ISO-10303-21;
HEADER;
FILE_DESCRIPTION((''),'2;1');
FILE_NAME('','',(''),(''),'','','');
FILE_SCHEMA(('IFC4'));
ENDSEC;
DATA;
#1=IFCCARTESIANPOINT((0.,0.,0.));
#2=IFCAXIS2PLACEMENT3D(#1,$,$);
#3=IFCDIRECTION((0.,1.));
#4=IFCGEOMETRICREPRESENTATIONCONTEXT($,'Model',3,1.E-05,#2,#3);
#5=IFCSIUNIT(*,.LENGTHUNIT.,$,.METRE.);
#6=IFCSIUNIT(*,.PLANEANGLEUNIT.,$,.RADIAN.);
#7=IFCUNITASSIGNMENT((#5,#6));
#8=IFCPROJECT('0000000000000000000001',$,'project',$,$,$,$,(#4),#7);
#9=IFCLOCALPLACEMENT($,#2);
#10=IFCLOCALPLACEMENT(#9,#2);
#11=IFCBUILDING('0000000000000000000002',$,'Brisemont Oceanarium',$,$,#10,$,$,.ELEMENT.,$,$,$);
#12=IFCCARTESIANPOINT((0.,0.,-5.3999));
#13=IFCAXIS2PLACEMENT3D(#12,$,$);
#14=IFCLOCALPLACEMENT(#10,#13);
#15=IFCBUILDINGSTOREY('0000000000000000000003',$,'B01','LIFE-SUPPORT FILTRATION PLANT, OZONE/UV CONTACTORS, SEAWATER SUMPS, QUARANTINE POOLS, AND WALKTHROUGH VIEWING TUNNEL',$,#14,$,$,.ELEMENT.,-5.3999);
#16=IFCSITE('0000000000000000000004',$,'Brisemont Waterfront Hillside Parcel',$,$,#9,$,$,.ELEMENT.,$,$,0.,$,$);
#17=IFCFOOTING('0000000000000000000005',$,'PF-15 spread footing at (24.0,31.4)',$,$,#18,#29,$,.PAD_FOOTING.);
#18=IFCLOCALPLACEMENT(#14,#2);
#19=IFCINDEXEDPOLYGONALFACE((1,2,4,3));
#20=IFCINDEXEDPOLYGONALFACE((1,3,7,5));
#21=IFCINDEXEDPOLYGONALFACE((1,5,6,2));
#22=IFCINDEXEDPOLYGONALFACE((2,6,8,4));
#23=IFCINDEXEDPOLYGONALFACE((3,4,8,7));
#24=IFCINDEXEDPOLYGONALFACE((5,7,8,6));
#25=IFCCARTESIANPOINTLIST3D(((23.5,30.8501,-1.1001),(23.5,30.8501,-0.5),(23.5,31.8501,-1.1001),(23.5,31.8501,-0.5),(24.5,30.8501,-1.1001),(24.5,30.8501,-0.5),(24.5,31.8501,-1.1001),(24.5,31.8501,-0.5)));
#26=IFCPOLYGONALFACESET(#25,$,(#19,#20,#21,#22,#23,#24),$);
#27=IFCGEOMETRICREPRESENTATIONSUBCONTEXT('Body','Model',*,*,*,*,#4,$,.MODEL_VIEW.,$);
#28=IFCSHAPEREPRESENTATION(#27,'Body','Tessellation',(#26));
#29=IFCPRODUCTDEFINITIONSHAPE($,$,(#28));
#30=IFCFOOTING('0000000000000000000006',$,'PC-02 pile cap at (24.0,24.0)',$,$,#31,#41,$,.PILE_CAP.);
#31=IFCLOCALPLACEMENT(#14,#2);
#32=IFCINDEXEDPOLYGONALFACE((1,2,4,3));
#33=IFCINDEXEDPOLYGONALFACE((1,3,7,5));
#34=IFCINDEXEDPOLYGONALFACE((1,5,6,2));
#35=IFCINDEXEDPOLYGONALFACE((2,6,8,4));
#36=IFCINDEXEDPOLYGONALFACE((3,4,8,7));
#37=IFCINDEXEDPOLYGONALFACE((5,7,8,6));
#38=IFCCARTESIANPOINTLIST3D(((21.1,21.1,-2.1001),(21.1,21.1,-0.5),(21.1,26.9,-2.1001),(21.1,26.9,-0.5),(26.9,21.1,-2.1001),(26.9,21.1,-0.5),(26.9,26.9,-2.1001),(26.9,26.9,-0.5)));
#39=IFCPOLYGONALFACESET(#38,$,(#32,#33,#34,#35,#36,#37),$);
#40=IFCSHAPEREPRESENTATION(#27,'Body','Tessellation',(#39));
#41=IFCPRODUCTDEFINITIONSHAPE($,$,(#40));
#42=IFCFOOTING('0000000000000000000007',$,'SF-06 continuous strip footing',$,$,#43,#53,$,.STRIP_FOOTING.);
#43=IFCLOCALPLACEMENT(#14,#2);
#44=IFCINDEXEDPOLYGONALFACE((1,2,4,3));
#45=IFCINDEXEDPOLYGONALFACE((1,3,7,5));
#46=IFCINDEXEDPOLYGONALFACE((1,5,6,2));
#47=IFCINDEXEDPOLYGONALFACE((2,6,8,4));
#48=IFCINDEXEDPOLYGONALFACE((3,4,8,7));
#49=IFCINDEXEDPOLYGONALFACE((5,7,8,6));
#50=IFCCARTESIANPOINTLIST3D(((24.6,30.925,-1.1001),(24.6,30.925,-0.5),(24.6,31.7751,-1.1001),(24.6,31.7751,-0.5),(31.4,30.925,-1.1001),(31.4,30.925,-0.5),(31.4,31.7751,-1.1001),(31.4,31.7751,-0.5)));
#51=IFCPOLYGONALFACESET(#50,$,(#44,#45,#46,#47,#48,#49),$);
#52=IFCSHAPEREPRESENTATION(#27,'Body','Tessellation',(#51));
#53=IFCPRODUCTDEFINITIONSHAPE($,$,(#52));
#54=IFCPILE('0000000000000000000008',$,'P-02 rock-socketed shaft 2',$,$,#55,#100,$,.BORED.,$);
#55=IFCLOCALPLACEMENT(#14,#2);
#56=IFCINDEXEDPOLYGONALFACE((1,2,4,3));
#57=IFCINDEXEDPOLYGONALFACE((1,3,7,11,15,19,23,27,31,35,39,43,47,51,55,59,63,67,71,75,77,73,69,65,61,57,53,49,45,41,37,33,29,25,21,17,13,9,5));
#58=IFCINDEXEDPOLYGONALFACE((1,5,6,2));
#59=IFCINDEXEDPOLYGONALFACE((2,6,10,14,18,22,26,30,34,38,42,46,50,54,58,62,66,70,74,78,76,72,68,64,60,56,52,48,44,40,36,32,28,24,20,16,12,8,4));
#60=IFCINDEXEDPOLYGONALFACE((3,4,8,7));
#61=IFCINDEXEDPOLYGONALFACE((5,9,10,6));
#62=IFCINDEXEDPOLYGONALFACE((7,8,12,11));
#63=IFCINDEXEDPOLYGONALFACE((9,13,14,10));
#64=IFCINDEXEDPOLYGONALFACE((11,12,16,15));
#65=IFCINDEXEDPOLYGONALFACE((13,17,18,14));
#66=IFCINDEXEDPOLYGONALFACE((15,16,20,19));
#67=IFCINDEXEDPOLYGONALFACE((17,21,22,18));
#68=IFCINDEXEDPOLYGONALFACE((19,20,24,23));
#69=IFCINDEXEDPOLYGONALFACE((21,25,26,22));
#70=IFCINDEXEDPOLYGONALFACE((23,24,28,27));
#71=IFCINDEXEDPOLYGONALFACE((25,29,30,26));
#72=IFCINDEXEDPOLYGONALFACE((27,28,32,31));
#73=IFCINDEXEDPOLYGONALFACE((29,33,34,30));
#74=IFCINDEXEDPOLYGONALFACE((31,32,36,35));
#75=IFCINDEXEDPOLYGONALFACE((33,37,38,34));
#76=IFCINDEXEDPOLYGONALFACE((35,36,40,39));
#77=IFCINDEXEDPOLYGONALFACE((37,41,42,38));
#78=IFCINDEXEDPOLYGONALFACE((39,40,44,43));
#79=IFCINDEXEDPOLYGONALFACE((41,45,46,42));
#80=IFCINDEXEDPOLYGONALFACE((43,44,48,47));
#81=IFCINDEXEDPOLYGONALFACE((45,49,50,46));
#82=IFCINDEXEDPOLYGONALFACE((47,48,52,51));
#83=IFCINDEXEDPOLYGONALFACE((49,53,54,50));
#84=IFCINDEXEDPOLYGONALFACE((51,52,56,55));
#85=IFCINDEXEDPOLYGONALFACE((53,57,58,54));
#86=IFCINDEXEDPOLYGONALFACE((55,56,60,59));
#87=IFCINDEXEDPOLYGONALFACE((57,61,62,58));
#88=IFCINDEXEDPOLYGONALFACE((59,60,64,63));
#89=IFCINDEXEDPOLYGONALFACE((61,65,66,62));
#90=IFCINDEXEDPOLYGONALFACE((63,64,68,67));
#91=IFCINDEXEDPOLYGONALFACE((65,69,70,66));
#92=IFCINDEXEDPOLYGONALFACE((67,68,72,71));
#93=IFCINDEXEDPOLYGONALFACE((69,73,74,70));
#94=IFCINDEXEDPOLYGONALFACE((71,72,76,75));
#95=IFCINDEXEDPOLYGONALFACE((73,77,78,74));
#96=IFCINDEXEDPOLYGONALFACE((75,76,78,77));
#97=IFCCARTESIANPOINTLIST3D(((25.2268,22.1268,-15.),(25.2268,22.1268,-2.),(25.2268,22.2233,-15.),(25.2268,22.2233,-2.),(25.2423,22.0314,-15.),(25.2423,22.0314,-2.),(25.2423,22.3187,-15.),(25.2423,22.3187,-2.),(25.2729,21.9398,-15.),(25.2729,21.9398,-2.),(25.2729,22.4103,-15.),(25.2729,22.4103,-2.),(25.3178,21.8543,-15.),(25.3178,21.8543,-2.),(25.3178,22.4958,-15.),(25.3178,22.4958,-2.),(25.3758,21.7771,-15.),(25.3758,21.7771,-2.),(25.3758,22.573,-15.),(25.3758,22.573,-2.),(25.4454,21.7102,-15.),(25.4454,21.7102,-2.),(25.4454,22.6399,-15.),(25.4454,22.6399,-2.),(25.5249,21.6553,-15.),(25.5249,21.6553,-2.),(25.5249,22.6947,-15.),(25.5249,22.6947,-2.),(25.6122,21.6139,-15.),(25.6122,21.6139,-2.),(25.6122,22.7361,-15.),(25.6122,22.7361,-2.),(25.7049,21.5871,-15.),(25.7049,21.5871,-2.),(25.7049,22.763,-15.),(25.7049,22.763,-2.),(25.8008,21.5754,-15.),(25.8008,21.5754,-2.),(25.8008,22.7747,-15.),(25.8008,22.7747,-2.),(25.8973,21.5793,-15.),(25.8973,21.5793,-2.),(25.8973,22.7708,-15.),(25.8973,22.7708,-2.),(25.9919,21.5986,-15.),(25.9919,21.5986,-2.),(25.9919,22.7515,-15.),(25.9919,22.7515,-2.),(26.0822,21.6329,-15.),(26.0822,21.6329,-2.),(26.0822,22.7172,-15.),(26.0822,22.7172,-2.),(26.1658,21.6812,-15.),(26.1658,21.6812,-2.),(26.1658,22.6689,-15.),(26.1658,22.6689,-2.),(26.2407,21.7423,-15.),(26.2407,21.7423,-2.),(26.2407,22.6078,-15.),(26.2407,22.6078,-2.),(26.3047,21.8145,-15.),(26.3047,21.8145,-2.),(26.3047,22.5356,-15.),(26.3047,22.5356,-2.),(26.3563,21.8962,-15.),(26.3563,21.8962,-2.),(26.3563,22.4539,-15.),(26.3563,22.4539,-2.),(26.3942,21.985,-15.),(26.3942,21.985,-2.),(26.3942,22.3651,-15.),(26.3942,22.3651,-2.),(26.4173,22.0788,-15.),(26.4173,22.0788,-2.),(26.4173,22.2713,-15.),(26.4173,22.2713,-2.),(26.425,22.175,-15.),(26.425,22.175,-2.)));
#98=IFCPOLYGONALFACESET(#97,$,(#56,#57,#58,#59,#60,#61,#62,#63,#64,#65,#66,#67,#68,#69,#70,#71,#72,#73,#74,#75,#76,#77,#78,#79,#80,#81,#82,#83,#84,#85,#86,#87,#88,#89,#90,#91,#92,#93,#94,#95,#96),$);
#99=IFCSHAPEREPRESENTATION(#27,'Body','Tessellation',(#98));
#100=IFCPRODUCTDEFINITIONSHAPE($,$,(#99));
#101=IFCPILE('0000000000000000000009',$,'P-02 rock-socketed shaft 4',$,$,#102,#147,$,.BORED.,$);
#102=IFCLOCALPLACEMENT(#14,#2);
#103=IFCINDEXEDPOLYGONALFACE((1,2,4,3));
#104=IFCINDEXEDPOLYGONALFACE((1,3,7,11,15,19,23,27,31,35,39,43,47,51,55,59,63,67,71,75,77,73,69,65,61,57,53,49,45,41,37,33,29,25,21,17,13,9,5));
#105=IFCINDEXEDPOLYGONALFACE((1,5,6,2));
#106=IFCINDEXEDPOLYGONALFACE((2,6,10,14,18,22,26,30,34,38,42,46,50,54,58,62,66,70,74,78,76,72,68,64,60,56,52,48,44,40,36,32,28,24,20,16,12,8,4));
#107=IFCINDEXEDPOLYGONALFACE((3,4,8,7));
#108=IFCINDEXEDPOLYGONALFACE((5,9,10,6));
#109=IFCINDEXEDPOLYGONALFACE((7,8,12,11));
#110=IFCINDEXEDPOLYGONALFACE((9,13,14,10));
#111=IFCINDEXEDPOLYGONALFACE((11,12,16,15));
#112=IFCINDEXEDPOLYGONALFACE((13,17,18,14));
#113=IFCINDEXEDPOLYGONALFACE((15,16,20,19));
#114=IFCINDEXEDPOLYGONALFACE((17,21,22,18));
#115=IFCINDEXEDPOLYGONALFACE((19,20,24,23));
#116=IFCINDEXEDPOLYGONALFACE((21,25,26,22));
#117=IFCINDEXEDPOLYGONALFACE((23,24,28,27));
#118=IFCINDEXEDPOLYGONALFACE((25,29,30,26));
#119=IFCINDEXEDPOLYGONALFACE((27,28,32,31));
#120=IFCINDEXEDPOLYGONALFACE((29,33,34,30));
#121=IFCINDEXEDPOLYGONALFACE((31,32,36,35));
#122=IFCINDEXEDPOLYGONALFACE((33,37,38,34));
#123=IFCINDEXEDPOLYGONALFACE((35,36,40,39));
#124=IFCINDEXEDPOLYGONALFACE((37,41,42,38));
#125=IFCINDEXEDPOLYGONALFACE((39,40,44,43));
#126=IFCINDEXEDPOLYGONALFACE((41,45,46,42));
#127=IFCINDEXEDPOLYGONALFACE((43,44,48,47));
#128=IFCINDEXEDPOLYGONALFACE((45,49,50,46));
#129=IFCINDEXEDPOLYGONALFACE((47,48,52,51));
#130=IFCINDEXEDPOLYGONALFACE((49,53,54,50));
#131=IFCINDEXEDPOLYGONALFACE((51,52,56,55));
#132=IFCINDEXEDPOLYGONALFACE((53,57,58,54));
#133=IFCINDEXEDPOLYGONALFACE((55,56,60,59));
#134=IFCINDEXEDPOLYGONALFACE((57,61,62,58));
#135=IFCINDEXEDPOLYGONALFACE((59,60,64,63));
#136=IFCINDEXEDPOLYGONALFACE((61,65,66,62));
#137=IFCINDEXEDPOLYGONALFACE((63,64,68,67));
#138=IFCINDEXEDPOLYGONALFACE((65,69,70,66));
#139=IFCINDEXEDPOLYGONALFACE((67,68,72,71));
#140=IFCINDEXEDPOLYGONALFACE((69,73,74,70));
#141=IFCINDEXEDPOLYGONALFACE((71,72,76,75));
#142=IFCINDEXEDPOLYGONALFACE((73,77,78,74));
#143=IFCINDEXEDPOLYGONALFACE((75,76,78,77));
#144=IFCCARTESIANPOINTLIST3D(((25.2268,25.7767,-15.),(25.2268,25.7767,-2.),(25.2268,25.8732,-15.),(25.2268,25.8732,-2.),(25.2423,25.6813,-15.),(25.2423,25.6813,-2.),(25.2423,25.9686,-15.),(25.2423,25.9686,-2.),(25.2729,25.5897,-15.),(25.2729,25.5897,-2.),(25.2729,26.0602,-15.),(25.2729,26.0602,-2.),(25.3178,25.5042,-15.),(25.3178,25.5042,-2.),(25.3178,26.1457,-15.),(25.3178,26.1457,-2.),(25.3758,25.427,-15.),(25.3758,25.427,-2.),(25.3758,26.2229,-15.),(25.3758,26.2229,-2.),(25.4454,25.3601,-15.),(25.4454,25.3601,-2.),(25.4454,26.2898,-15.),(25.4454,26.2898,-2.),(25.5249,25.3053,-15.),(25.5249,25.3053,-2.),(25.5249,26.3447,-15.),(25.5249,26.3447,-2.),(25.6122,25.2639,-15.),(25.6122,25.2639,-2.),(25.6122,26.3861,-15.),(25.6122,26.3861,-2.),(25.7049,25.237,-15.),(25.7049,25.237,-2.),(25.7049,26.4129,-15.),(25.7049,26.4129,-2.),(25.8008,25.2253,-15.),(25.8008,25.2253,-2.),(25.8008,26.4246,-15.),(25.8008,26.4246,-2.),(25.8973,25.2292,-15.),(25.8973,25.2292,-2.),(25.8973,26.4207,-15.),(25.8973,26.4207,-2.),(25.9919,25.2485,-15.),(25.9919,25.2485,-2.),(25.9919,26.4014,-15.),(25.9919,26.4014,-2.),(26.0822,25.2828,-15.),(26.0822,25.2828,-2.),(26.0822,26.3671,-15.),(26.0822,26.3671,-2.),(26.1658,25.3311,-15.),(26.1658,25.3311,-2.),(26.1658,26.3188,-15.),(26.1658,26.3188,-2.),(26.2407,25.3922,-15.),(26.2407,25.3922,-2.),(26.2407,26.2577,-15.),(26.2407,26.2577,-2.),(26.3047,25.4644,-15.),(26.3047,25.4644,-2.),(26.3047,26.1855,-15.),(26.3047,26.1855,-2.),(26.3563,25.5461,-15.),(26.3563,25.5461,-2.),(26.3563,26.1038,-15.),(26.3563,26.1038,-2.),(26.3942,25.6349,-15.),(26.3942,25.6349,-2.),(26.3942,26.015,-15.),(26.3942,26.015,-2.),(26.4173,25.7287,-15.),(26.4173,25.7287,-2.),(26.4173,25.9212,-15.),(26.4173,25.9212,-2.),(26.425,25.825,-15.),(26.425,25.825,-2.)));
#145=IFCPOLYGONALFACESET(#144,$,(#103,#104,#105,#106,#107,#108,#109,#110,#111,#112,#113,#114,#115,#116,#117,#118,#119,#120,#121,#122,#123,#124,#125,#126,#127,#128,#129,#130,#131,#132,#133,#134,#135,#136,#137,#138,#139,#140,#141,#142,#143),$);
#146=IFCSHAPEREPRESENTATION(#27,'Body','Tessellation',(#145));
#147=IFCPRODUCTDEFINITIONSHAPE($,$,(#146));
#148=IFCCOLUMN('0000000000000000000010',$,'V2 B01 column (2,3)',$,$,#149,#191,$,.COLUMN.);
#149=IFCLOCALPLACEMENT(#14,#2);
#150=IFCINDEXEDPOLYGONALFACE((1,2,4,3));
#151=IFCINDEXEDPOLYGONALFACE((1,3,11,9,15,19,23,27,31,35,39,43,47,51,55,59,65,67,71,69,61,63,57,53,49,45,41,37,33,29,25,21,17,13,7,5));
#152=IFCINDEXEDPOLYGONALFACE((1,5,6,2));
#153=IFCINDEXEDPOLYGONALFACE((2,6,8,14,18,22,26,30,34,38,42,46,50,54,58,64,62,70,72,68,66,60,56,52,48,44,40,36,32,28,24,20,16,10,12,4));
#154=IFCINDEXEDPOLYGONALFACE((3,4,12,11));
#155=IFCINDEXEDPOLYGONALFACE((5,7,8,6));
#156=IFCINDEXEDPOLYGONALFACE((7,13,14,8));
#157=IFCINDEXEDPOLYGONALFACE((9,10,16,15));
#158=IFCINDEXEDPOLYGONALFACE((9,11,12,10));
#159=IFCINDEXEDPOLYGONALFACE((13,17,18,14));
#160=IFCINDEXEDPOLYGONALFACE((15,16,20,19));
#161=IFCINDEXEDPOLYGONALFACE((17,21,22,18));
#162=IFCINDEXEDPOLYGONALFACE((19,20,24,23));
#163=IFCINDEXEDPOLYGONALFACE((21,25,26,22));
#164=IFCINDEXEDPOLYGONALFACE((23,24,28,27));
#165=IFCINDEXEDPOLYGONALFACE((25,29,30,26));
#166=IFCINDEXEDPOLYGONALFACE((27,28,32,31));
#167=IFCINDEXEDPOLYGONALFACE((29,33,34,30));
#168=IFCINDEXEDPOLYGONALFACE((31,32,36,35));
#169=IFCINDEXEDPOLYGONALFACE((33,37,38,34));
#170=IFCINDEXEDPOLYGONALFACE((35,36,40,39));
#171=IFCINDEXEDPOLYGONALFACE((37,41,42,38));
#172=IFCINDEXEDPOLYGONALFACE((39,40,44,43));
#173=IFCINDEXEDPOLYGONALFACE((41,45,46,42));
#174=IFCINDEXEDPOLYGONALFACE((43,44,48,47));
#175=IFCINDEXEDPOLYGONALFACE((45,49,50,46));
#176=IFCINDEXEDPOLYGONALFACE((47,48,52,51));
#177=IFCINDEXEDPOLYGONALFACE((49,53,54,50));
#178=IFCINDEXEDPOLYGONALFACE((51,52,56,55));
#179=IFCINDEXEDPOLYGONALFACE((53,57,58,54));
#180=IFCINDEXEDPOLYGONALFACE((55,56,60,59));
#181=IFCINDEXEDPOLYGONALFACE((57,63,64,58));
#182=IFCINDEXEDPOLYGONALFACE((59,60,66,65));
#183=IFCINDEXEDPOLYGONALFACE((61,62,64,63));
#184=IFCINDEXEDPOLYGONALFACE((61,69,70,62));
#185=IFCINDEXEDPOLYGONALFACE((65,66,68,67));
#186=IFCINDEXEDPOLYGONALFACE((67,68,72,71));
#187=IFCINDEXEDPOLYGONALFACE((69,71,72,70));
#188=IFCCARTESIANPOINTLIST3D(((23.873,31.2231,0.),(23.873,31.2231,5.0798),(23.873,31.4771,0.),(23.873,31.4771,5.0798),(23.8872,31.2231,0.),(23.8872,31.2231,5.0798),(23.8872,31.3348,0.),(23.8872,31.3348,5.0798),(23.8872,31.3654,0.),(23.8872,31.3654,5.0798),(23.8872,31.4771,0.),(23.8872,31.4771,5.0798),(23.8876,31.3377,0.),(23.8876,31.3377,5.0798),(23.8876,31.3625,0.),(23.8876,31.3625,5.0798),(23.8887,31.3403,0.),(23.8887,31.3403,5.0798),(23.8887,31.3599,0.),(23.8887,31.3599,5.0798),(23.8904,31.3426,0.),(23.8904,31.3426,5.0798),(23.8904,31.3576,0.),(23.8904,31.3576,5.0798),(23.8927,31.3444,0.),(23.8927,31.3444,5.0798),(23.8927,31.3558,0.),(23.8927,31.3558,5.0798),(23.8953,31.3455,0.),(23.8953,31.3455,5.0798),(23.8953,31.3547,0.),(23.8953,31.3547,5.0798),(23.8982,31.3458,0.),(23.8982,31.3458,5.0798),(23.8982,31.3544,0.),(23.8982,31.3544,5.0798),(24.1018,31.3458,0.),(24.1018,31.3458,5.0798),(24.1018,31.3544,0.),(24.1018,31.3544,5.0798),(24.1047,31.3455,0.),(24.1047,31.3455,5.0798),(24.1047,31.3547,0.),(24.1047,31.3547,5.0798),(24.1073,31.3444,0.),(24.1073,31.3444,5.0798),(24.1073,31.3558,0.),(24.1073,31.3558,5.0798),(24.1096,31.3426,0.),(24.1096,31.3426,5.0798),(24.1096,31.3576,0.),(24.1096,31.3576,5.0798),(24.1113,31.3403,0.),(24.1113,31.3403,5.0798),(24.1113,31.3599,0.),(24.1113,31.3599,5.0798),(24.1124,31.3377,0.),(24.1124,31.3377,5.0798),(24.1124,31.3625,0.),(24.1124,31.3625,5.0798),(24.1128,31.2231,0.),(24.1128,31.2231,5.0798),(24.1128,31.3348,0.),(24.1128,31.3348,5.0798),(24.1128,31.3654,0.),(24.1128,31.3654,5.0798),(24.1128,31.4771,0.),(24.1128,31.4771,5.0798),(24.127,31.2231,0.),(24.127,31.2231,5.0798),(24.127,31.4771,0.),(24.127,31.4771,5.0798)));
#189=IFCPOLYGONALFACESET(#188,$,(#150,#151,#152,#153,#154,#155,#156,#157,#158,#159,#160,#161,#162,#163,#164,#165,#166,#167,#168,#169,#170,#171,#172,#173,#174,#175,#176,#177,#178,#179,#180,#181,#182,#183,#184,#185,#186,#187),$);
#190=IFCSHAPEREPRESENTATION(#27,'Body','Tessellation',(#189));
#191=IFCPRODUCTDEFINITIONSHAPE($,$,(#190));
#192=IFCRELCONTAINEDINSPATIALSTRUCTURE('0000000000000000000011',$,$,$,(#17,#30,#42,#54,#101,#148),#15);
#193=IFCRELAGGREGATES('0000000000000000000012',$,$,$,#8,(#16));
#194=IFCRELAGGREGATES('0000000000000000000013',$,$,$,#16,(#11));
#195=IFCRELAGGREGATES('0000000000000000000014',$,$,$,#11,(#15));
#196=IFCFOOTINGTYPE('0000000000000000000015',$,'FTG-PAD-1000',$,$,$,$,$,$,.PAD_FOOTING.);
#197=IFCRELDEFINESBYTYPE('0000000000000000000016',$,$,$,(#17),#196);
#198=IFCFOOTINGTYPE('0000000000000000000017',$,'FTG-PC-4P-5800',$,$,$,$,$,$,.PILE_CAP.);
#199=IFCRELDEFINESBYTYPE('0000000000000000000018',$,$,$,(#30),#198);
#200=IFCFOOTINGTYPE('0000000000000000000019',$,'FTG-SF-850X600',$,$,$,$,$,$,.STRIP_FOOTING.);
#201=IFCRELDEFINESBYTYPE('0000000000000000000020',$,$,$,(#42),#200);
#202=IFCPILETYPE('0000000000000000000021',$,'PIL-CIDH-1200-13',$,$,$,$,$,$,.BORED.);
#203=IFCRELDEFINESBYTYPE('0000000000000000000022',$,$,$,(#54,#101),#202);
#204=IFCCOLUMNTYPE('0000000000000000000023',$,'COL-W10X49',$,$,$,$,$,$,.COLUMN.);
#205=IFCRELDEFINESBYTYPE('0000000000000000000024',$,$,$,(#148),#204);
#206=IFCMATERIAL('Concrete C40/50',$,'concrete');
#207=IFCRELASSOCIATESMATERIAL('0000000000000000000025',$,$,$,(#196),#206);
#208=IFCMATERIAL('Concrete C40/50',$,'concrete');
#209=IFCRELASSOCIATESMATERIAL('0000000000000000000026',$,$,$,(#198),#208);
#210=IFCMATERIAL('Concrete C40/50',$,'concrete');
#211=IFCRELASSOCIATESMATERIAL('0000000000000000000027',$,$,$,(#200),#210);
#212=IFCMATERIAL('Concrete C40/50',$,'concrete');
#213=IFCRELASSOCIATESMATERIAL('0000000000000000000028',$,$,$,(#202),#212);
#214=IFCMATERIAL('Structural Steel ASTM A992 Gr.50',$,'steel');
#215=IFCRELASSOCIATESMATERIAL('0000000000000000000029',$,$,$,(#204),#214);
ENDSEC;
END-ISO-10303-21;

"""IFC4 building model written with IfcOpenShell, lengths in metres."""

from ifc_helpers import new_model, si_unit, direction, frame, origin, origin_2d, place, context, subcontext, project, spatial, rectangle, circle, i_section, extrude, material, material_profile, profile_set, type_object, element, save


model = new_model("IFC4")

# Units and contexts
model_context = context("Model", 3, precision=1e-05, world=origin(), true_north=direction((0.0, 1.0)))
body_context = subcontext(model_context, "Body", "Model", "MODEL_VIEW")
ifc_project = project(units=[si_unit("LENGTHUNIT", "METRE"), si_unit("PLANEANGLEUNIT", "RADIAN")], contexts=[model_context])

# Site, building, storey
site_placement = place(None, origin())
site = spatial("IfcSite", under=ifc_project, at=site_placement, Name="Brisemont Waterfront Hillside Parcel", CompositionType="ELEMENT", RefElevation=0.0)
building_placement = place(site_placement, origin())
building = spatial("IfcBuilding", under=site, at=building_placement, Name="Brisemont Oceanarium", CompositionType="ELEMENT")
storey_placement = place(building_placement, frame((0.0, 0.0, -5.3999)))
storey = spatial("IfcBuildingStorey", under=building, at=storey_placement, Name="B01", Description="LIFE-SUPPORT FILTRATION PLANT, OZONE/UV CONTACTORS, SEAWATER SUMPS, QUARANTINE POOLS, AND WALKTHROUGH VIEWING TUNNEL", CompositionType="ELEMENT", Elevation=-5.3999)

# Footings
ifc_material_1 = material(Name="Concrete C40/50", Category="concrete")
footing_type_1 = type_object("IfcFootingType", Name="FTG-PAD-1000", PredefinedType="PAD_FOOTING", material=ifc_material_1)
footing_1_placement = place(storey_placement, frame((24.0, 31.3501, -1.1001), z_axis=(0.0, 0.0, 1.0), x_axis=(1.0, 0.0, 0.0)))
element("IfcFooting", 1, at=footing_1_placement, inside=storey, type_object=footing_type_1, Name="PF-15 spread footing at (24.0,31.4)", PredefinedType="PAD_FOOTING", context=body_context, shape_type="SweptSolid", body=[
    extrude(rectangle(XDim=1.0, YDim=1.0, at=origin_2d()), origin(), (0.0, 0.0, 1.0), 0.6001),
])
ifc_material_2 = material(Name="Concrete C40/50", Category="concrete")
footing_type_2 = type_object("IfcFootingType", Name="FTG-PC-4P-5800", PredefinedType="PILE_CAP", material=ifc_material_2)
footing_2_placement = place(storey_placement, frame((24.0, 24.0, -2.1001), z_axis=(0.0, 0.0, 1.0), x_axis=(1.0, 0.0, 0.0)))
element("IfcFooting", 2, at=footing_2_placement, inside=storey, type_object=footing_type_2, Name="PC-02 pile cap at (24.0,24.0)", PredefinedType="PILE_CAP", context=body_context, shape_type="SweptSolid", body=[
    extrude(rectangle(XDim=5.8, YDim=5.8, at=origin_2d()), origin(), (0.0, 0.0, 1.0), 1.6001),
])
ifc_material_3 = material(Name="Concrete C40/50", Category="concrete")
footing_type_3 = type_object("IfcFootingType", Name="FTG-SF-850X600", PredefinedType="STRIP_FOOTING", material=ifc_material_3)
footing_3_placement = place(storey_placement, frame((28.0, 31.3501, -1.1001), z_axis=(0.0, 0.0, 1.0), x_axis=(1.0, 0.0, 0.0)))
element("IfcFooting", 3, at=footing_3_placement, inside=storey, type_object=footing_type_3, Name="SF-06 continuous strip footing", PredefinedType="STRIP_FOOTING", context=body_context, shape_type="SweptSolid", body=[
    extrude(rectangle(XDim=6.8, YDim=0.8501, at=origin_2d()), origin(), (0.0, 0.0, 1.0), 0.6001),
])

# Piles
ifc_material_4 = material(Name="Concrete C40/50", Category="concrete")
ifc_material_profile_1 = material_profile(ifc_material_4, circle(Radius=0.6001, at=origin_2d()), Name="CIDH-D1200")
ifc_profile_set_1 = profile_set([ifc_material_profile_1], Name="Concrete C40/50")
pile_type = type_object("IfcPileType", Name="PIL-CIDH-1200-13", PredefinedType="BORED", material=ifc_profile_set_1)
for number, where, z_axis, x_axis, name in (
    (4, (25.825, 22.175, -2.0), (0.0, 0.0, -1.0), (1.0, 0.0, 0.0), "P-02 rock-socketed shaft 2"),
    (5, (25.825, 25.825, -2.0), (0.0, 0.0, -1.0), (1.0, 0.0, 0.0), "P-02 rock-socketed shaft 4"),
):
    element("IfcPile", number, at=place(storey_placement, frame(where, z_axis=z_axis, x_axis=x_axis)), inside=storey, type_object=pile_type, Name=name, PredefinedType="BORED", context=body_context, shape_type="SweptSolid", body=[
        extrude(circle(Radius=0.6001, at=origin_2d()), origin(), (0.0, 0.0, 1.0), 13.0),
    ])

# Column
ifc_material_5 = material(Name="Structural Steel ASTM A992 Gr.50", Category="steel")
ifc_material_profile_2 = material_profile(ifc_material_5, i_section(OverallWidth=0.2539, OverallDepth=0.2539, WebThickness=0.0085, FlangeThickness=0.0142, FilletRadius=0.011, at=origin_2d()), Name="W10X49")
ifc_profile_set_2 = profile_set([ifc_material_profile_2], Name="Structural Steel ASTM A992 Gr.50")
column_type_1 = type_object("IfcColumnType", Name="COL-W10X49", PredefinedType="COLUMN", material=ifc_profile_set_2)
column_1_placement = place(storey_placement, frame((24.0, 31.3501, 0.0), z_axis=(0.0, 0.0, 1.0), x_axis=(0.0, 1.0, 0.0)))
element("IfcColumn", 6, at=column_1_placement, inside=storey, type_object=column_type_1, Name="V2 B01 column (2,3)", PredefinedType="COLUMN", context=body_context, shape_type="SweptSolid", body=[
    extrude(i_section(OverallWidth=0.2539, OverallDepth=0.2539, WebThickness=0.0085, FlangeThickness=0.0142, FilletRadius=0.011, at=origin_2d()), origin(), (0.0, 0.0, 1.0), 5.0798),
])

save(model, "model.ifc")
